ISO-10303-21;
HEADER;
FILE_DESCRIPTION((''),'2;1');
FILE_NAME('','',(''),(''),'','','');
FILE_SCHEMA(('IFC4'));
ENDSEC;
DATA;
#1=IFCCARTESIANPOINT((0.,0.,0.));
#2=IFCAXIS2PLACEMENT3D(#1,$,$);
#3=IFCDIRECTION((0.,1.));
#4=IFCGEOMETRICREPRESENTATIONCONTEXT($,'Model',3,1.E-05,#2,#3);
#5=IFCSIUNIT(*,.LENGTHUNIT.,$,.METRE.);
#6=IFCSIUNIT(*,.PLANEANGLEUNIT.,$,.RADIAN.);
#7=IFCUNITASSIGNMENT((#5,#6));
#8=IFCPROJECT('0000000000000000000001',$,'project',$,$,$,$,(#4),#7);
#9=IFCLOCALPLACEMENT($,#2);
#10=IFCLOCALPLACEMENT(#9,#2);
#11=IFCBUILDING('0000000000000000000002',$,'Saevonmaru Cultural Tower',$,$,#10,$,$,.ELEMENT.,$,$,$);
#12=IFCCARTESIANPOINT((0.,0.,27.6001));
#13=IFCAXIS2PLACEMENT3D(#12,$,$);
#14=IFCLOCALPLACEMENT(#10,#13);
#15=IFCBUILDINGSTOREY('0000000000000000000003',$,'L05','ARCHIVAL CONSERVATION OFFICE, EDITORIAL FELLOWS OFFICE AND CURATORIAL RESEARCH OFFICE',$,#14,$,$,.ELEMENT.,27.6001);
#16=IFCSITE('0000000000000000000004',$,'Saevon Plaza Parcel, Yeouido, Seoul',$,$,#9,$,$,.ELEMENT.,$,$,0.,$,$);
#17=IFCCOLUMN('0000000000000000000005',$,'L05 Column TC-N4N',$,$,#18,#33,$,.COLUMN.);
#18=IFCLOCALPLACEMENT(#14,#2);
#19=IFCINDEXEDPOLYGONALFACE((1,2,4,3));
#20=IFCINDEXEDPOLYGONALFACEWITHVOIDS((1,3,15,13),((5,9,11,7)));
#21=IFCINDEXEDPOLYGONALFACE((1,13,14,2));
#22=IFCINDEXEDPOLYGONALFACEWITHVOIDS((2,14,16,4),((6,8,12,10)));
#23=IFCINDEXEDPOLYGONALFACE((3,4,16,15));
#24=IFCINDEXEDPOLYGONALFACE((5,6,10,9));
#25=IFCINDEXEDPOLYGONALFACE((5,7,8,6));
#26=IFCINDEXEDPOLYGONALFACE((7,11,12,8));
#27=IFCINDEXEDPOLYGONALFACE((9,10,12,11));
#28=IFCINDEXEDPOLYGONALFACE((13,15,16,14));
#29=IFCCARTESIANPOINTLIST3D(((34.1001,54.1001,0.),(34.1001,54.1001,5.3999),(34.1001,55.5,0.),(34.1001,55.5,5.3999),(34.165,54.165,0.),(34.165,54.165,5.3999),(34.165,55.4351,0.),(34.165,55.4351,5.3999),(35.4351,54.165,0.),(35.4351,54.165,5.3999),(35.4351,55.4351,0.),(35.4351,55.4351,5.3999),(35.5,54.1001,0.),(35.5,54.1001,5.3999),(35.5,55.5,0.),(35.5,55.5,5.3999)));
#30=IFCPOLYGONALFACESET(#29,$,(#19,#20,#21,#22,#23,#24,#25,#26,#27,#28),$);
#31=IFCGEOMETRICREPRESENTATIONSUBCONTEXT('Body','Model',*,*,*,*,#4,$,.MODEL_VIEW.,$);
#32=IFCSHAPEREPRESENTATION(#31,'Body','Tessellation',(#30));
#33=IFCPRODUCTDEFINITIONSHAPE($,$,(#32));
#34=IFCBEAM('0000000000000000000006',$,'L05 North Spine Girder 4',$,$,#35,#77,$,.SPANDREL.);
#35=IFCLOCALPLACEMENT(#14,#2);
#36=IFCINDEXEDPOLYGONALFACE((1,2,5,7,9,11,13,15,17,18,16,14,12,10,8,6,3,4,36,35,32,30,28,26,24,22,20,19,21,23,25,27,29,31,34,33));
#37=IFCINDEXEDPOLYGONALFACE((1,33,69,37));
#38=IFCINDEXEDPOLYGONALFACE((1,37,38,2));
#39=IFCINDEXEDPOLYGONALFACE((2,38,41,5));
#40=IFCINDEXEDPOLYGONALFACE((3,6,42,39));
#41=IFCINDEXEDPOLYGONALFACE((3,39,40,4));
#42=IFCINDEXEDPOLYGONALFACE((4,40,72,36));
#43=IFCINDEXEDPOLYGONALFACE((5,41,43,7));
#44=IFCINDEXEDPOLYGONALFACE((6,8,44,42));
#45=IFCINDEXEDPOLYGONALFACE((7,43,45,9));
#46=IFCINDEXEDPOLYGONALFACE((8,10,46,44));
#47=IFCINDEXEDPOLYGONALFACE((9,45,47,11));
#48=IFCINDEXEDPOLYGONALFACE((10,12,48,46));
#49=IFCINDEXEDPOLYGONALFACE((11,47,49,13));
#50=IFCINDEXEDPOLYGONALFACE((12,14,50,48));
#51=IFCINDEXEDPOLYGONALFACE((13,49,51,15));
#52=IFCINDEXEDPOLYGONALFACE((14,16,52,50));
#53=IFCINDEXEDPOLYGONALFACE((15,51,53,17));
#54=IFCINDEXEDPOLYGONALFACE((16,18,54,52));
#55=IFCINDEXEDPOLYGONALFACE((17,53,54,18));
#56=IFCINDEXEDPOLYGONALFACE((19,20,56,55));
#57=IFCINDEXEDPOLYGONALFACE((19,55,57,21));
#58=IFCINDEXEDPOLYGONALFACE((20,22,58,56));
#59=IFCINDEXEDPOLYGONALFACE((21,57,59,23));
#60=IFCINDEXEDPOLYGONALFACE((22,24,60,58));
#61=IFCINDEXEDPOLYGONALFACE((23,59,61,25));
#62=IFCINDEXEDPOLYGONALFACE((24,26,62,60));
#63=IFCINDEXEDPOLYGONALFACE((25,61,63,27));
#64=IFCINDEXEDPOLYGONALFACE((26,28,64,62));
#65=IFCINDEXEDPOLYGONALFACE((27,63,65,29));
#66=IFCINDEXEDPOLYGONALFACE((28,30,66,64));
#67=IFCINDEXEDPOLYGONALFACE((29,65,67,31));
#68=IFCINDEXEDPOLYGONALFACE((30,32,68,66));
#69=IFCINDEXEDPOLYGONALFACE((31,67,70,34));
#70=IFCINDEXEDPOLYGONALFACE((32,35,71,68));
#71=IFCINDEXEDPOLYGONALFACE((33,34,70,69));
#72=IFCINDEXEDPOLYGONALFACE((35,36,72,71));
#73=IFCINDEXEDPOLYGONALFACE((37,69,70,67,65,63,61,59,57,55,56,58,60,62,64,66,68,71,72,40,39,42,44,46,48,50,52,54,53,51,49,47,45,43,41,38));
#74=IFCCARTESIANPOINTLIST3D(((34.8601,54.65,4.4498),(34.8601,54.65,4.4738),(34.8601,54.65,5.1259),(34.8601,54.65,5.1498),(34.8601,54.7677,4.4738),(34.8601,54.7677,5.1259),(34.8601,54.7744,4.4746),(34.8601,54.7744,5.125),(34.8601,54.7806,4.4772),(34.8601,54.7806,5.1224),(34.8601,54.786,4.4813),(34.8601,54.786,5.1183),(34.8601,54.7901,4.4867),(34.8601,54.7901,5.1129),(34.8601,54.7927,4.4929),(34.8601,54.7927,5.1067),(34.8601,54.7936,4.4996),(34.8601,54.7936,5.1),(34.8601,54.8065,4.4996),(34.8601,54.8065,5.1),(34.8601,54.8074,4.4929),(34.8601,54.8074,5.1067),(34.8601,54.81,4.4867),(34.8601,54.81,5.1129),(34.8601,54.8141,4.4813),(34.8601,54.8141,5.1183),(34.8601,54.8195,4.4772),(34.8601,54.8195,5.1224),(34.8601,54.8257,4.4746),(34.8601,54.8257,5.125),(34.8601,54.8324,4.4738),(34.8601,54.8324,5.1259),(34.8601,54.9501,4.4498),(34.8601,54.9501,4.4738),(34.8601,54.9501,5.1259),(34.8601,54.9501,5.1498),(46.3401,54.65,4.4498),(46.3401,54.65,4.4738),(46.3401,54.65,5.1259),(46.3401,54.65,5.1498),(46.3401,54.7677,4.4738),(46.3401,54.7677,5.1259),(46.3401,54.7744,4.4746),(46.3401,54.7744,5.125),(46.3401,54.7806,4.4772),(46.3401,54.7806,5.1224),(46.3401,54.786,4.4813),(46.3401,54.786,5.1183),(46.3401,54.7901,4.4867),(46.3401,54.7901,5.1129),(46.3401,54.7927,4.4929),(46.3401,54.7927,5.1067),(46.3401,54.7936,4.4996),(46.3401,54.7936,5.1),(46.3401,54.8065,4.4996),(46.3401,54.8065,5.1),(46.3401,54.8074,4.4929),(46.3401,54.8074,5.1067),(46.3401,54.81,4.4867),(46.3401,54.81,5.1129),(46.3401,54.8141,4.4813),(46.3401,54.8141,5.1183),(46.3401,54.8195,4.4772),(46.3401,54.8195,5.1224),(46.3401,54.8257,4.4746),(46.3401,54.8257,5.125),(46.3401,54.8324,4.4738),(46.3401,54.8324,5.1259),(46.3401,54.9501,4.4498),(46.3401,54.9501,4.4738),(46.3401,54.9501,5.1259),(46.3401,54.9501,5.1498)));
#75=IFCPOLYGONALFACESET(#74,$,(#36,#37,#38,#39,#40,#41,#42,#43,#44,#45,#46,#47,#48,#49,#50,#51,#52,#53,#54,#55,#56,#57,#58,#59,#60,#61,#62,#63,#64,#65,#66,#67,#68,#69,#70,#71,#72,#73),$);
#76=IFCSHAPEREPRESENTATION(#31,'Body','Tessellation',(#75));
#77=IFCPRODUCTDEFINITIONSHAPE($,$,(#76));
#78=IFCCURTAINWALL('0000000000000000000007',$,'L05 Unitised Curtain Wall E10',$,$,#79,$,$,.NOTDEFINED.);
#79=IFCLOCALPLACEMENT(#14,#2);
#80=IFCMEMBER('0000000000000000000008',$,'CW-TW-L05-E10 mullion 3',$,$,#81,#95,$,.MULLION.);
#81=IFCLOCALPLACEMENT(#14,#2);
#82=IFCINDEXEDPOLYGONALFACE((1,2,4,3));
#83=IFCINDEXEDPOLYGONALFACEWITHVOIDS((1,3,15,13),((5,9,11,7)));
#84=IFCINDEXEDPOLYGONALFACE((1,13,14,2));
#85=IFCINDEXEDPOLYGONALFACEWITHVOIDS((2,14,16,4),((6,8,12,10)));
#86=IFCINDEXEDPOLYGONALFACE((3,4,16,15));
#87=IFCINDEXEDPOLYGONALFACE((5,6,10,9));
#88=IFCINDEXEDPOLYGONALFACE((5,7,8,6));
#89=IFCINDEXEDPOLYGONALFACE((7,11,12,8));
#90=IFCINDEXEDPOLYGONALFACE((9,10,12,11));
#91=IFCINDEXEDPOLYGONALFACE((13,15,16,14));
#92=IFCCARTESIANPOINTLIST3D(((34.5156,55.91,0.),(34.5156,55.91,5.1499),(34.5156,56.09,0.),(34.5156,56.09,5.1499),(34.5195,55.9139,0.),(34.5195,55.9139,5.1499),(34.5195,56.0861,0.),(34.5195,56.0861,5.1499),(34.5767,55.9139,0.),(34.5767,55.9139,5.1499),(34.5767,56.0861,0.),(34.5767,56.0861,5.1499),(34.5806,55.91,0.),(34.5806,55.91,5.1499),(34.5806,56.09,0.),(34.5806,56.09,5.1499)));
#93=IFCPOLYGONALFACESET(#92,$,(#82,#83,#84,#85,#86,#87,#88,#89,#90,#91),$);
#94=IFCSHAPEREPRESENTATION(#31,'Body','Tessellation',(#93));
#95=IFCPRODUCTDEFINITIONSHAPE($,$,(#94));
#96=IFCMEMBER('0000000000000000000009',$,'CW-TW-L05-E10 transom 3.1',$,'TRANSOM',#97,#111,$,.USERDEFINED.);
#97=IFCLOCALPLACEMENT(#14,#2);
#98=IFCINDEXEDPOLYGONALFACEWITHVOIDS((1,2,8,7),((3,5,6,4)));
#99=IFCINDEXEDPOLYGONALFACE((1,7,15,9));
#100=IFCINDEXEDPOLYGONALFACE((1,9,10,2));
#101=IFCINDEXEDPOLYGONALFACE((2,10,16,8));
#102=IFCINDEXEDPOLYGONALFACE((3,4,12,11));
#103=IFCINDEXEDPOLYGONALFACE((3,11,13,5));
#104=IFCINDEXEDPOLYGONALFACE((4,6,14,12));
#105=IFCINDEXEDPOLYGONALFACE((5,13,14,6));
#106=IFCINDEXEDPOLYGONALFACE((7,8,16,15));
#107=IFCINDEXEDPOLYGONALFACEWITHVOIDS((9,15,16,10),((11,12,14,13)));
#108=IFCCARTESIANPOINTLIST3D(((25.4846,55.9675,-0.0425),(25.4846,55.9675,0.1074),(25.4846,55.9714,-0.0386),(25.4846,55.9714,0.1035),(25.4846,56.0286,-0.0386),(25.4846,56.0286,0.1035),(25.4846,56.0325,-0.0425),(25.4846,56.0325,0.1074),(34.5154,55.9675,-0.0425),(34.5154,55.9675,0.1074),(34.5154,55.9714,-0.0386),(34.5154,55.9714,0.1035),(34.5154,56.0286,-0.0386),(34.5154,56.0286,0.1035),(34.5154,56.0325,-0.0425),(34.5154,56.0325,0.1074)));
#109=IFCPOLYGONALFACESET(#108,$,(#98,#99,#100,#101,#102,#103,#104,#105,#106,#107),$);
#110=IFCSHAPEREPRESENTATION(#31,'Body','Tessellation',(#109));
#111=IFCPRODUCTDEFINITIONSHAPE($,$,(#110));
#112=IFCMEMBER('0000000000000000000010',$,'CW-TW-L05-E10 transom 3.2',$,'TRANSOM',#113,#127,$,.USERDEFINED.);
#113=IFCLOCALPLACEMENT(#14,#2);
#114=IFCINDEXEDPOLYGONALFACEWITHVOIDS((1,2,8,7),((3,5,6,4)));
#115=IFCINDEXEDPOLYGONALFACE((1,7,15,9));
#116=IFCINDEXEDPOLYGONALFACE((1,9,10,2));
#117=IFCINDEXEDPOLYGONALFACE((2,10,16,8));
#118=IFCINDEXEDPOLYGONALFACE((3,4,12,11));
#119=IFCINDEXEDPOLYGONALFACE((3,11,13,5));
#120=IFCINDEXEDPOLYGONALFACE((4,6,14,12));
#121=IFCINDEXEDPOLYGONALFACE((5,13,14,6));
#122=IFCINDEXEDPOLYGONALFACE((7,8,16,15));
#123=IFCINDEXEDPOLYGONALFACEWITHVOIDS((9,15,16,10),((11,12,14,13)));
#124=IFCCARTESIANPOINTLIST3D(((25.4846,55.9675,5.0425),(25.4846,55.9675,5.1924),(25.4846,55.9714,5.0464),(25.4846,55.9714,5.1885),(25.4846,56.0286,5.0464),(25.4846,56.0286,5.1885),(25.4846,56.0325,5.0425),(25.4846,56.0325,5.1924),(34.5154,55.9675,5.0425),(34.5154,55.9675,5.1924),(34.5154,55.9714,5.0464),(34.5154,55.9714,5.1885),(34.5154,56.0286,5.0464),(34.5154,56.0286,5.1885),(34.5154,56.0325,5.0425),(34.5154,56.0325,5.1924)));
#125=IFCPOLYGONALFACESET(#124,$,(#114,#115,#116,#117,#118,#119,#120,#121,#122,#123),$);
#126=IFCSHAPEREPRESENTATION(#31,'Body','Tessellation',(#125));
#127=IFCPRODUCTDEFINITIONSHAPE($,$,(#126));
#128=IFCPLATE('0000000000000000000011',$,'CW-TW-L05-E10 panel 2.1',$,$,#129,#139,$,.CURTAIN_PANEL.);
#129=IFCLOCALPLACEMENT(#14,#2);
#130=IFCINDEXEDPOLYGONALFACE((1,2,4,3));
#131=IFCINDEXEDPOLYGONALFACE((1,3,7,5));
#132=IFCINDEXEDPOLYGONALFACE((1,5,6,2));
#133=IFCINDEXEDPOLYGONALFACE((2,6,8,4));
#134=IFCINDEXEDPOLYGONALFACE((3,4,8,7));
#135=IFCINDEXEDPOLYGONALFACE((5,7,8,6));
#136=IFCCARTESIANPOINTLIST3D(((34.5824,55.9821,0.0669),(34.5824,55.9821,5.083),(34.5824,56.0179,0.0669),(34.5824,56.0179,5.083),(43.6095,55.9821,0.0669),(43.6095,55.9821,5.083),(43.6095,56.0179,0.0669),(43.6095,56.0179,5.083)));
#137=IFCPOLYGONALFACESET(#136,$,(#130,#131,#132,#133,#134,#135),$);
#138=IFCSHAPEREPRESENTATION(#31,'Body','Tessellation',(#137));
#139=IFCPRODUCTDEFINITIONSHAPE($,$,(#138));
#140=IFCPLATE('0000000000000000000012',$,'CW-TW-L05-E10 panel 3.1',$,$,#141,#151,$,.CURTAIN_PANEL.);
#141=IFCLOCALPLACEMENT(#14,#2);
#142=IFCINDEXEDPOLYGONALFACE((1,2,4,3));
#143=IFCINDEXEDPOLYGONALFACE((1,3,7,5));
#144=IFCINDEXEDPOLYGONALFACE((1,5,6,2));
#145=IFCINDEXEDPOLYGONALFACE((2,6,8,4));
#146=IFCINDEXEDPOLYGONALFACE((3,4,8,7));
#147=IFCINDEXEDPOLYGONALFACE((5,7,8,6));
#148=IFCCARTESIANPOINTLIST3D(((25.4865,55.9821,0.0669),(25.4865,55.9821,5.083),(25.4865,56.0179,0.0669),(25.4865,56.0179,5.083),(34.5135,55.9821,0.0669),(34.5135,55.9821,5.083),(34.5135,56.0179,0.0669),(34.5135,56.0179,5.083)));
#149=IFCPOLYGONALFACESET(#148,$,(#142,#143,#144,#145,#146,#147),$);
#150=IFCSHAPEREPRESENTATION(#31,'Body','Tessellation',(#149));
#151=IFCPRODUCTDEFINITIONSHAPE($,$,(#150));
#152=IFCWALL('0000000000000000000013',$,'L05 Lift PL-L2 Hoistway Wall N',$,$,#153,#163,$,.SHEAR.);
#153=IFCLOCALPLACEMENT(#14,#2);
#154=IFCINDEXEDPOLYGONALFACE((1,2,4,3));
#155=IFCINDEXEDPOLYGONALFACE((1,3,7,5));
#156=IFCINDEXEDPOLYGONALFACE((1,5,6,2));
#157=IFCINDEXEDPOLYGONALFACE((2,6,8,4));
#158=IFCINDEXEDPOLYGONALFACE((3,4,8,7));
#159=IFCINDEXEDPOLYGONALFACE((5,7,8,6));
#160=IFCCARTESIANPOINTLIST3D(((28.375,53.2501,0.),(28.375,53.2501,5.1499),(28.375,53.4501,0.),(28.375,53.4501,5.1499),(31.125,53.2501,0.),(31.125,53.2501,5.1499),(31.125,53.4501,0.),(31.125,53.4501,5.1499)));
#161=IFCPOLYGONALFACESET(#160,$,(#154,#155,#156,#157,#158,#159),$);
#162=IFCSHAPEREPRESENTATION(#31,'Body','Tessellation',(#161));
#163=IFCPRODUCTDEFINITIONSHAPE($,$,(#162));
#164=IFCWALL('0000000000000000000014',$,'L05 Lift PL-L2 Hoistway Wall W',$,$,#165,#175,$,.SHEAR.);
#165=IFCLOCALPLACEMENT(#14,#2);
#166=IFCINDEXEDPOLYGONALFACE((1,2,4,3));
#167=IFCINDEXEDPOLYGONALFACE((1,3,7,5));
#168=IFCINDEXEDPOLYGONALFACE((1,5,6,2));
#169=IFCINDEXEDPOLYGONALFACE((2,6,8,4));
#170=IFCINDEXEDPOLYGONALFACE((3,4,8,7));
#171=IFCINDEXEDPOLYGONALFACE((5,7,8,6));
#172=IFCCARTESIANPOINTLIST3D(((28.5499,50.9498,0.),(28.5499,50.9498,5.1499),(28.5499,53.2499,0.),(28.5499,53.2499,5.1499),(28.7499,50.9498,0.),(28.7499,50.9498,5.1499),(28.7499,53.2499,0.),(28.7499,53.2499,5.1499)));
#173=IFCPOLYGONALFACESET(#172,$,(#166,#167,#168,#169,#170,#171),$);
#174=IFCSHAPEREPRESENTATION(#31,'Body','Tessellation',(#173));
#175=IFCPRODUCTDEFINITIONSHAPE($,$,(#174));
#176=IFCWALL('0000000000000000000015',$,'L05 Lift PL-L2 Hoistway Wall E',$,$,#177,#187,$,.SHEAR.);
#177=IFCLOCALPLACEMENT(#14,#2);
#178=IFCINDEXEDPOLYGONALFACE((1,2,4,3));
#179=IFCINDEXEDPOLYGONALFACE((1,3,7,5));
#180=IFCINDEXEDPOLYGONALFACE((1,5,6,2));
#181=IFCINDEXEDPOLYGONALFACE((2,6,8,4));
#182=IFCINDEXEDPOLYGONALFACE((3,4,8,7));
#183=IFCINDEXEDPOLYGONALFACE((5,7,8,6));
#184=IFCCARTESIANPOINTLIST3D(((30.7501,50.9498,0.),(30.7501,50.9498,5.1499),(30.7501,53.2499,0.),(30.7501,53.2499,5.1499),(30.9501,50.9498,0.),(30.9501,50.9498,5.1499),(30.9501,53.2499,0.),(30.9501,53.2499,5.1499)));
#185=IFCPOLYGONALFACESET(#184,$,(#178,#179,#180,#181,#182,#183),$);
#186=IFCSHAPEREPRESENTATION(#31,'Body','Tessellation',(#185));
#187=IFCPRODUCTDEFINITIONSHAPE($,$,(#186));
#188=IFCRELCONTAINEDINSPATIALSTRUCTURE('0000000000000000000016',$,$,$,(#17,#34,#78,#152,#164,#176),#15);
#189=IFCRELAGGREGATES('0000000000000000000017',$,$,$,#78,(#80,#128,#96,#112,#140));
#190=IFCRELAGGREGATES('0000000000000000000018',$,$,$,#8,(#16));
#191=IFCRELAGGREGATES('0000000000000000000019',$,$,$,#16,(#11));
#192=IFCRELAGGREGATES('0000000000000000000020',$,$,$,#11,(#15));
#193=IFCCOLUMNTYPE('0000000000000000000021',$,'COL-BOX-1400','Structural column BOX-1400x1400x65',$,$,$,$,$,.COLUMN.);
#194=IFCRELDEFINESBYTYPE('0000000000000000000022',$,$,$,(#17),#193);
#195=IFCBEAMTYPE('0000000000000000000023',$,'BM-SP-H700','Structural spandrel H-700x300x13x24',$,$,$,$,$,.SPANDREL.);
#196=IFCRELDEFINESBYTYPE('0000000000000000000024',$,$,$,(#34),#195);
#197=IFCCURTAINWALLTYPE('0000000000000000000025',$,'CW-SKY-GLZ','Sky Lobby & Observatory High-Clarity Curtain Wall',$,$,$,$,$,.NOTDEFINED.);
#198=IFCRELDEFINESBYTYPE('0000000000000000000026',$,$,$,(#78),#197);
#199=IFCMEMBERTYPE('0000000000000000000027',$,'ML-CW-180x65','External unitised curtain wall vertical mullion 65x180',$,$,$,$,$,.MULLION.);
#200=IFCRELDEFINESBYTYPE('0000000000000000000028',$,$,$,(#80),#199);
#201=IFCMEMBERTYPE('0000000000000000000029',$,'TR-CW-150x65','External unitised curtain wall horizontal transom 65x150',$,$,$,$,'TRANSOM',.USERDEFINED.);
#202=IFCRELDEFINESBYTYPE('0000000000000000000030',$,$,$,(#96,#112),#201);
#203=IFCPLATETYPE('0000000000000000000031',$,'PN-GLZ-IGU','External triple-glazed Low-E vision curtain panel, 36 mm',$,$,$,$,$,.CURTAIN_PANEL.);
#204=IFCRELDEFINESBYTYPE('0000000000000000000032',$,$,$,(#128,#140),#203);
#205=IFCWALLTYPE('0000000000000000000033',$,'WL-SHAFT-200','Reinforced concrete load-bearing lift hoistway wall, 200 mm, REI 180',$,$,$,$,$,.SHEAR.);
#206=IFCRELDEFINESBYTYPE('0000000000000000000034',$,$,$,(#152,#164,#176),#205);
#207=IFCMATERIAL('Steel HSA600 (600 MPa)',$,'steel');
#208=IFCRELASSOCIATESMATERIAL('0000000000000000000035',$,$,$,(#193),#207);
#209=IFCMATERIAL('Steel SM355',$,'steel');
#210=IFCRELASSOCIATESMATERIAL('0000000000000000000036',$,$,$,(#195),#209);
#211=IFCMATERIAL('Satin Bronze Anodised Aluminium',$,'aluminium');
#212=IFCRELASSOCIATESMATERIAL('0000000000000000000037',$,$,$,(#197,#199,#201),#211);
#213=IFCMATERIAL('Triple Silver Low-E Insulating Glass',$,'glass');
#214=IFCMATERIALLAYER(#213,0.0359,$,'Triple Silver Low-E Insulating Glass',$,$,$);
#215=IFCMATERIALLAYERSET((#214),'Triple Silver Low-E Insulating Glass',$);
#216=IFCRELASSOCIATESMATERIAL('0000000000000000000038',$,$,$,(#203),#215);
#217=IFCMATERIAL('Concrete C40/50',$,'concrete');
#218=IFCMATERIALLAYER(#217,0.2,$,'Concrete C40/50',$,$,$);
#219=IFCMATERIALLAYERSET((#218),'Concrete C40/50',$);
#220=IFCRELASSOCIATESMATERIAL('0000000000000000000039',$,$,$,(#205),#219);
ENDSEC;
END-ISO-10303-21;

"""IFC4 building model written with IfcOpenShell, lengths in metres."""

from ifc_helpers import new_model, si_unit, direction, frame, frame_2d, origin, origin_2d, place, context, subcontext, project, spatial, rectangle, hollow_rectangle, i_section, extrude, material, layer, layer_set, material_profile, profile_set, type_object, element, aggregate, save


model = new_model("IFC4")

# Units and contexts
model_context = context("Model", 3, precision=1e-05, world=origin(), true_north=direction((0.0, 1.0)))
body_context = subcontext(model_context, "Body", "Model", "MODEL_VIEW")
ifc_project = project(units=[si_unit("LENGTHUNIT", "METRE"), si_unit("PLANEANGLEUNIT", "RADIAN")], contexts=[model_context])

# Site, building, storey
site_placement = place(None, origin())
site = spatial("IfcSite", under=ifc_project, at=site_placement, Name="Saevon Plaza Parcel, Yeouido, Seoul", CompositionType="ELEMENT", RefElevation=0.0)
building_placement = place(site_placement, origin())
building = spatial("IfcBuilding", under=site, at=building_placement, Name="Saevonmaru Cultural Tower", CompositionType="ELEMENT")
storey_placement = place(building_placement, frame((0.0, 0.0, 27.6001)))
storey = spatial("IfcBuildingStorey", under=building, at=storey_placement, Name="L05", Description="ARCHIVAL CONSERVATION OFFICE, EDITORIAL FELLOWS OFFICE AND CURATORIAL RESEARCH OFFICE", CompositionType="ELEMENT", Elevation=27.6001)

# Column
ifc_material_1 = material(Name="Steel HSA600 (600 MPa)", Category="steel")
ifc_material_profile_1 = material_profile(ifc_material_1, hollow_rectangle(XDim=1.3999, YDim=1.3999, WallThickness=0.0649, at=origin_2d()), Name="BOX-1400x1400x65")
ifc_profile_set_1 = profile_set([ifc_material_profile_1], Name="Steel HSA600 (600 MPa)")
column_type = type_object("IfcColumnType", Name="COL-BOX-1400", Description="Structural column BOX-1400x1400x65", PredefinedType="COLUMN", material=ifc_profile_set_1)
column_placement = place(storey_placement, frame((34.8, 54.8, 0.0), z_axis=(0.0, 0.0, 1.0), x_axis=(1.0, 0.0, 0.0)))
element("IfcColumn", 1, at=column_placement, inside=storey, type_object=column_type, Name="L05 Column TC-N4N", PredefinedType="COLUMN", context=body_context, shape_type="SweptSolid", body=[
    extrude(hollow_rectangle(XDim=1.3999, YDim=1.3999, WallThickness=0.0649, at=origin_2d()), origin(), (0.0, 0.0, 1.0), 5.3999),
])

# Beam
ifc_material_2 = material(Name="Steel SM355", Category="steel")
ifc_material_profile_2 = material_profile(ifc_material_2, i_section(OverallWidth=0.3, OverallDepth=0.7, WebThickness=0.0129, FlangeThickness=0.0239, FilletRadius=0.0259, at=origin_2d()), Name="H-700x300x13x24")
ifc_profile_set_2 = profile_set([ifc_material_profile_2], Name="Steel SM355")
beam_type = type_object("IfcBeamType", Name="BM-SP-H700", Description="Structural spandrel H-700x300x13x24", PredefinedType="SPANDREL", material=ifc_profile_set_2)
beam_placement = place(storey_placement, frame((34.8601, 54.8, 4.7998), z_axis=(1.0, 0.0, 0.0), x_axis=(0.0, 1.0, 0.0)))
element("IfcBeam", 2, at=beam_placement, inside=storey, type_object=beam_type, Name="L05 North Spine Girder 4", PredefinedType="SPANDREL", context=body_context, shape_type="SweptSolid", body=[
    extrude(i_section(OverallWidth=0.3, OverallDepth=0.7, WebThickness=0.0129, FlangeThickness=0.0239, FilletRadius=0.0259, at=origin_2d()), origin(), (0.0, 0.0, 1.0), 11.48),
])

# Curtain wall, members, plates
ifc_material_3 = material(Name="Satin Bronze Anodised Aluminium", Category="aluminium")
curtain_wall_type = type_object("IfcCurtainWallType", Name="CW-SKY-GLZ", Description="Sky Lobby & Observatory High-Clarity Curtain Wall", PredefinedType="NOTDEFINED", material=ifc_material_3)
curtain_wall_placement = place(storey_placement, origin())
curtain_wall = element("IfcCurtainWall", 3, at=curtain_wall_placement, inside=storey, type_object=curtain_wall_type, Name="L05 Unitised Curtain Wall E10", PredefinedType="NOTDEFINED")
ifc_material_profile_3 = material_profile(ifc_material_3, hollow_rectangle(XDim=0.0649, YDim=0.1799, WallThickness=0.0039, at=origin_2d()), Name="ALU-MULL-180x65x4")
ifc_profile_set_3 = profile_set([ifc_material_profile_3], Name="Satin Bronze Anodised Aluminium")
member_type_1 = type_object("IfcMemberType", Name="ML-CW-180x65", Description="External unitised curtain wall vertical mullion 65x180", PredefinedType="MULLION", material=ifc_profile_set_3)
member_1_placement = place(storey_placement, frame((34.5481, 56.0, 0.0), z_axis=(0.0, 0.0, 1.0), x_axis=(-1.0, 0.0, 0.0)))
member_1 = element("IfcMember", 4, at=member_1_placement, type_object=member_type_1, Name="CW-TW-L05-E10 mullion 3", PredefinedType="MULLION", context=body_context, shape_type="SweptSolid", body=[
    extrude(hollow_rectangle(XDim=0.0649, YDim=0.1799, WallThickness=0.0039, at=origin_2d()), origin(), (0.0, 0.0, 1.0), 5.1499),
])
ifc_material_profile_4 = material_profile(ifc_material_3, hollow_rectangle(XDim=0.0649, YDim=0.1499, WallThickness=0.0039, at=origin_2d()), Name="ALU-TRAN-150x65x4")
ifc_profile_set_4 = profile_set([ifc_material_profile_4], Name="Satin Bronze Anodised Aluminium")
member_type_2 = type_object("IfcMemberType", Name="TR-CW-150x65", Description="External unitised curtain wall horizontal transom 65x150", ElementType="TRANSOM", PredefinedType="USERDEFINED", material=ifc_profile_set_4)
member_2_placement = place(storey_placement, frame((34.5154, 56.0, 0.0325), z_axis=(-1.0, 0.0, 0.0), x_axis=(0.0, -1.0, 0.0)))
member_2 = element("IfcMember", 5, at=member_2_placement, type_object=member_type_2, Name="CW-TW-L05-E10 transom 3.1", ObjectType="TRANSOM", PredefinedType="USERDEFINED", context=body_context, shape_type="SweptSolid", body=[
    extrude(hollow_rectangle(XDim=0.0649, YDim=0.1499, WallThickness=0.0039, at=origin_2d()), origin(), (0.0, 0.0, 1.0), 9.0308),
])
member_3_placement = place(storey_placement, frame((34.5154, 56.0, 5.1174), z_axis=(-1.0, 0.0, 0.0), x_axis=(0.0, -1.0, 0.0)))
member_3 = element("IfcMember", 6, at=member_3_placement, type_object=member_type_2, Name="CW-TW-L05-E10 transom 3.2", ObjectType="TRANSOM", PredefinedType="USERDEFINED", context=body_context, shape_type="SweptSolid", body=[
    extrude(hollow_rectangle(XDim=0.0649, YDim=0.1499, WallThickness=0.0039, at=origin_2d()), origin(), (0.0, 0.0, 1.0), 9.0308),
])
ifc_material_4 = material(Name="Triple Silver Low-E Insulating Glass", Category="glass")
ifc_layer_1 = layer(ifc_material_4, 0.0359, Name="Triple Silver Low-E Insulating Glass")
ifc_layer_set_1 = layer_set([ifc_layer_1], Name="Triple Silver Low-E Insulating Glass")
plate_type = type_object("IfcPlateType", Name="PN-GLZ-IGU", Description="External triple-glazed Low-E vision curtain panel, 36 mm", PredefinedType="CURTAIN_PANEL", material=ifc_layer_set_1)
plate_1_placement = place(storey_placement, frame((39.0959, 56.0, 0.0669), z_axis=(0.0, 0.0, 1.0), x_axis=(-1.0, 0.0, 0.0)))
plate_1 = element("IfcPlate", 7, at=plate_1_placement, type_object=plate_type, Name="CW-TW-L05-E10 panel 2.1", PredefinedType="CURTAIN_PANEL", context=body_context, shape_type="SweptSolid", body=[
    extrude(rectangle(XDim=9.0271, YDim=0.0359, at=origin_2d()), origin(), (0.0, 0.0, 1.0), 5.0161),
])
plate_2_placement = place(storey_placement, frame((30.0, 56.0, 0.0669), z_axis=(0.0, 0.0, 1.0), x_axis=(-1.0, 0.0, 0.0)))
plate_2 = element("IfcPlate", 8, at=plate_2_placement, type_object=plate_type, Name="CW-TW-L05-E10 panel 3.1", PredefinedType="CURTAIN_PANEL", context=body_context, shape_type="SweptSolid", body=[
    extrude(rectangle(XDim=9.0271, YDim=0.0359, at=origin_2d()), origin(), (0.0, 0.0, 1.0), 5.0161),
])
aggregate(curtain_wall, [member_1, plate_1, member_2, member_3, plate_2])

# Walls
ifc_material_5 = material(Name="Concrete C40/50", Category="concrete")
ifc_layer_2 = layer(ifc_material_5, 0.2, Name="Concrete C40/50")
ifc_layer_set_2 = layer_set([ifc_layer_2], Name="Concrete C40/50")
wall_type = type_object("IfcWallType", Name="WL-SHAFT-200", Description="Reinforced concrete load-bearing lift hoistway wall, 200 mm, REI 180", PredefinedType="SHEAR", material=ifc_layer_set_2)
wall_1_placement = place(storey_placement, frame((28.375, 53.3501, 0.0), z_axis=(0.0, 0.0, 1.0), x_axis=(1.0, 0.0, 0.0)))
element("IfcWall", 9, at=wall_1_placement, inside=storey, type_object=wall_type, Name="L05 Lift PL-L2 Hoistway Wall N", PredefinedType="SHEAR", context=body_context, shape_type="SweptSolid", body=[
    extrude(rectangle(XDim=2.75, YDim=0.2, at=frame_2d((1.375, 0.0))), origin(), (0.0, 0.0, 1.0), 5.1499),
])
for number, where, z_axis, x_axis, name in (
    (10, (28.6499, 50.95, 0.0), (0.0, 0.0, 1.0), (0.0, 1.0, 0.0), "L05 Lift PL-L2 Hoistway Wall W"),
    (11, (30.8501, 50.95, 0.0), (0.0, 0.0, 1.0), (0.0, 1.0, 0.0), "L05 Lift PL-L2 Hoistway Wall E"),
):
    element("IfcWall", number, at=place(storey_placement, frame(where, z_axis=z_axis, x_axis=x_axis)), inside=storey, type_object=wall_type, Name=name, PredefinedType="SHEAR", context=body_context, shape_type="SweptSolid", body=[
        extrude(rectangle(XDim=2.3, YDim=0.2, at=frame_2d((1.1499, 0.0))), origin(), (0.0, 0.0, 1.0), 5.1499),
    ])

save(model, "model.ifc")
